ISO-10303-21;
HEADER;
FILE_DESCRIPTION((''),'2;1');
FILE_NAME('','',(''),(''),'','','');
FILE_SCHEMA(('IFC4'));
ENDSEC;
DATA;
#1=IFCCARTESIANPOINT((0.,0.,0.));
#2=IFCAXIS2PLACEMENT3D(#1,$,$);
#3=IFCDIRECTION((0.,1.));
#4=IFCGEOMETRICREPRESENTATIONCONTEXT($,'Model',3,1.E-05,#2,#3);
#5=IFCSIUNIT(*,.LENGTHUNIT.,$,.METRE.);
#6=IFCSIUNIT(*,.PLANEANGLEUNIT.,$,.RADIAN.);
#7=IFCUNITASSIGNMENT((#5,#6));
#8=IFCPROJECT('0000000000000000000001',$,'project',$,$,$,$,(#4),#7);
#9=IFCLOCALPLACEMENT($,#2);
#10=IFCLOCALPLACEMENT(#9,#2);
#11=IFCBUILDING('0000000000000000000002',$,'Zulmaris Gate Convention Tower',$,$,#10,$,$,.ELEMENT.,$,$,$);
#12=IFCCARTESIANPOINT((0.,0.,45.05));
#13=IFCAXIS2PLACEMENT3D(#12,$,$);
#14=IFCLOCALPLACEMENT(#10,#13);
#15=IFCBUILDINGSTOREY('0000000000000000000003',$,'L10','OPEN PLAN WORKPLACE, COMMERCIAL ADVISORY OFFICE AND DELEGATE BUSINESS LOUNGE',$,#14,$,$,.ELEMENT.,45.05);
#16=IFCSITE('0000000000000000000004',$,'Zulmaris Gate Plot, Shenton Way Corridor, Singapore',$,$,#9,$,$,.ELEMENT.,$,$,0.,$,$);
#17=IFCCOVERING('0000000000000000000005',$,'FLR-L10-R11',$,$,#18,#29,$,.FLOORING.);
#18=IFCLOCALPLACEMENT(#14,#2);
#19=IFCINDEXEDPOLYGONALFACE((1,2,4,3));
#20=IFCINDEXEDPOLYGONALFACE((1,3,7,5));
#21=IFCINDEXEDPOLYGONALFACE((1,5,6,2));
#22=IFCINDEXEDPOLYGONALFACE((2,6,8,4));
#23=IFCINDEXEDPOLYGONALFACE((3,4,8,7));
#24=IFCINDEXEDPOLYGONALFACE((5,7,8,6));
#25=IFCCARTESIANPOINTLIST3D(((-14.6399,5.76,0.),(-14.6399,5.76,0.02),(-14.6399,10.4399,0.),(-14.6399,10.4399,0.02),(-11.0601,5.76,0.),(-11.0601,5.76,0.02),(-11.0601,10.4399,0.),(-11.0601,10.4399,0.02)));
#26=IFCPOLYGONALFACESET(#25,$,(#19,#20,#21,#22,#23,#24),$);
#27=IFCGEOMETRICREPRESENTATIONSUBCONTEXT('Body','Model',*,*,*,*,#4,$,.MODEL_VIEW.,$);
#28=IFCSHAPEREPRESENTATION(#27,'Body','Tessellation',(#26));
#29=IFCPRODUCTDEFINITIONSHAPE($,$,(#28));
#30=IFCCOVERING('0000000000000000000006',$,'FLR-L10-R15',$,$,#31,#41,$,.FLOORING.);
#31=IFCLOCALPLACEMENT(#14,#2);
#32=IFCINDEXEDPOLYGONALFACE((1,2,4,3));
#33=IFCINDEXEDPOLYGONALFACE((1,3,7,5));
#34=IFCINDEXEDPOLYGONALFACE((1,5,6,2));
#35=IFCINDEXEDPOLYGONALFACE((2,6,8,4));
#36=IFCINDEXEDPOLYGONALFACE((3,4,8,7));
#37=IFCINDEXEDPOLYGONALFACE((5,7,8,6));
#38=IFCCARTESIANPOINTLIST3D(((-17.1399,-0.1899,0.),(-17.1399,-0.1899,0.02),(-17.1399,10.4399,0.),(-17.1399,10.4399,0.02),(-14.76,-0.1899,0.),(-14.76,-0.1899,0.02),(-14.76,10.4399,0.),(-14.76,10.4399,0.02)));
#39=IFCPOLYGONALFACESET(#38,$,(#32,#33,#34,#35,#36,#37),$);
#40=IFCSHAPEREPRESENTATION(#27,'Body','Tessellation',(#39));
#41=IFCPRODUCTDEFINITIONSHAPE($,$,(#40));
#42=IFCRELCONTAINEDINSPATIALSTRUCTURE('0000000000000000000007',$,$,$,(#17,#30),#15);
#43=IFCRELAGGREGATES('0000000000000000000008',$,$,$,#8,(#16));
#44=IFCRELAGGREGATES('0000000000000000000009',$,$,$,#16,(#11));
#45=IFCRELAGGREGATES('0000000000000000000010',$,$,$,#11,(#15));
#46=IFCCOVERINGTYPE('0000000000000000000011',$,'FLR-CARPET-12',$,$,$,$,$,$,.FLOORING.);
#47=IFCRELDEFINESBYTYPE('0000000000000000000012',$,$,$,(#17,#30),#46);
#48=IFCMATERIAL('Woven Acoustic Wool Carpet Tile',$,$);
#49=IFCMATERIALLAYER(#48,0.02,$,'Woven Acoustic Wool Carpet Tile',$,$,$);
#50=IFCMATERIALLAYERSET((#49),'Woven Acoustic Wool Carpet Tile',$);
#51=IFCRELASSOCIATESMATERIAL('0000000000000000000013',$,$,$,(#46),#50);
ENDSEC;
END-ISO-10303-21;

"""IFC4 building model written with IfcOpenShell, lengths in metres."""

from ifc_helpers import new_model, si_unit, direction, frame, origin, place, context, subcontext, project, spatial, polyline, outline, extrude, material, layer, layer_set, type_object, element, save


model = new_model("IFC4")

# Units and contexts
model_context = context("Model", 3, precision=1e-05, world=origin(), true_north=direction((0.0, 1.0)))
body_context = subcontext(model_context, "Body", "Model", "MODEL_VIEW")
ifc_project = project(units=[si_unit("LENGTHUNIT", "METRE"), si_unit("PLANEANGLEUNIT", "RADIAN")], contexts=[model_context])

# Site, building, storey
site_placement = place(None, origin())
site = spatial("IfcSite", under=ifc_project, at=site_placement, Name="Zulmaris Gate Plot, Shenton Way Corridor, Singapore", CompositionType="ELEMENT", RefElevation=0.0)
building_placement = place(site_placement, origin())
building = spatial("IfcBuilding", under=site, at=building_placement, Name="Zulmaris Gate Convention Tower", CompositionType="ELEMENT")
storey_placement = place(building_placement, frame((0.0, 0.0, 45.05)))
storey = spatial("IfcBuildingStorey", under=building, at=storey_placement, Name="L10", Description="OPEN PLAN WORKPLACE, COMMERCIAL ADVISORY OFFICE AND DELEGATE BUSINESS LOUNGE", CompositionType="ELEMENT", Elevation=45.05)

# Coverings
ifc_material_1 = material(Name="Woven Acoustic Wool Carpet Tile")
ifc_layer_1 = layer(ifc_material_1, 0.02, Name="Woven Acoustic Wool Carpet Tile")
ifc_layer_set_1 = layer_set([ifc_layer_1], Name="Woven Acoustic Wool Carpet Tile")
covering_type_1 = type_object("IfcCoveringType", Name="FLR-CARPET-12", PredefinedType="FLOORING", material=ifc_layer_set_1)
covering_1_placement = place(storey_placement, origin())
element("IfcCovering", 1, at=covering_1_placement, inside=storey, type_object=covering_type_1, Name="FLR-L10-R11", PredefinedType="FLOORING", context=body_context, shape_type="SweptSolid", body=[
    extrude(outline(polyline([(-14.6399, 5.76), (-11.0601, 5.76), (-11.0601, 10.4399), (-14.6399, 10.4399), (-14.6399, 5.76)])), origin(), (0.0, 0.0, 1.0), 0.02),
])
covering_2_placement = place(storey_placement, origin())
element("IfcCovering", 2, at=covering_2_placement, inside=storey, type_object=covering_type_1, Name="FLR-L10-R15", PredefinedType="FLOORING", context=body_context, shape_type="SweptSolid", body=[
    extrude(outline(polyline([(-17.1399, -0.1899), (-14.76, -0.1899), (-14.76, 10.4399), (-17.1399, 10.4399), (-17.1399, -0.1899)])), origin(), (0.0, 0.0, 1.0), 0.02),
])

save(model, "model.ifc")
